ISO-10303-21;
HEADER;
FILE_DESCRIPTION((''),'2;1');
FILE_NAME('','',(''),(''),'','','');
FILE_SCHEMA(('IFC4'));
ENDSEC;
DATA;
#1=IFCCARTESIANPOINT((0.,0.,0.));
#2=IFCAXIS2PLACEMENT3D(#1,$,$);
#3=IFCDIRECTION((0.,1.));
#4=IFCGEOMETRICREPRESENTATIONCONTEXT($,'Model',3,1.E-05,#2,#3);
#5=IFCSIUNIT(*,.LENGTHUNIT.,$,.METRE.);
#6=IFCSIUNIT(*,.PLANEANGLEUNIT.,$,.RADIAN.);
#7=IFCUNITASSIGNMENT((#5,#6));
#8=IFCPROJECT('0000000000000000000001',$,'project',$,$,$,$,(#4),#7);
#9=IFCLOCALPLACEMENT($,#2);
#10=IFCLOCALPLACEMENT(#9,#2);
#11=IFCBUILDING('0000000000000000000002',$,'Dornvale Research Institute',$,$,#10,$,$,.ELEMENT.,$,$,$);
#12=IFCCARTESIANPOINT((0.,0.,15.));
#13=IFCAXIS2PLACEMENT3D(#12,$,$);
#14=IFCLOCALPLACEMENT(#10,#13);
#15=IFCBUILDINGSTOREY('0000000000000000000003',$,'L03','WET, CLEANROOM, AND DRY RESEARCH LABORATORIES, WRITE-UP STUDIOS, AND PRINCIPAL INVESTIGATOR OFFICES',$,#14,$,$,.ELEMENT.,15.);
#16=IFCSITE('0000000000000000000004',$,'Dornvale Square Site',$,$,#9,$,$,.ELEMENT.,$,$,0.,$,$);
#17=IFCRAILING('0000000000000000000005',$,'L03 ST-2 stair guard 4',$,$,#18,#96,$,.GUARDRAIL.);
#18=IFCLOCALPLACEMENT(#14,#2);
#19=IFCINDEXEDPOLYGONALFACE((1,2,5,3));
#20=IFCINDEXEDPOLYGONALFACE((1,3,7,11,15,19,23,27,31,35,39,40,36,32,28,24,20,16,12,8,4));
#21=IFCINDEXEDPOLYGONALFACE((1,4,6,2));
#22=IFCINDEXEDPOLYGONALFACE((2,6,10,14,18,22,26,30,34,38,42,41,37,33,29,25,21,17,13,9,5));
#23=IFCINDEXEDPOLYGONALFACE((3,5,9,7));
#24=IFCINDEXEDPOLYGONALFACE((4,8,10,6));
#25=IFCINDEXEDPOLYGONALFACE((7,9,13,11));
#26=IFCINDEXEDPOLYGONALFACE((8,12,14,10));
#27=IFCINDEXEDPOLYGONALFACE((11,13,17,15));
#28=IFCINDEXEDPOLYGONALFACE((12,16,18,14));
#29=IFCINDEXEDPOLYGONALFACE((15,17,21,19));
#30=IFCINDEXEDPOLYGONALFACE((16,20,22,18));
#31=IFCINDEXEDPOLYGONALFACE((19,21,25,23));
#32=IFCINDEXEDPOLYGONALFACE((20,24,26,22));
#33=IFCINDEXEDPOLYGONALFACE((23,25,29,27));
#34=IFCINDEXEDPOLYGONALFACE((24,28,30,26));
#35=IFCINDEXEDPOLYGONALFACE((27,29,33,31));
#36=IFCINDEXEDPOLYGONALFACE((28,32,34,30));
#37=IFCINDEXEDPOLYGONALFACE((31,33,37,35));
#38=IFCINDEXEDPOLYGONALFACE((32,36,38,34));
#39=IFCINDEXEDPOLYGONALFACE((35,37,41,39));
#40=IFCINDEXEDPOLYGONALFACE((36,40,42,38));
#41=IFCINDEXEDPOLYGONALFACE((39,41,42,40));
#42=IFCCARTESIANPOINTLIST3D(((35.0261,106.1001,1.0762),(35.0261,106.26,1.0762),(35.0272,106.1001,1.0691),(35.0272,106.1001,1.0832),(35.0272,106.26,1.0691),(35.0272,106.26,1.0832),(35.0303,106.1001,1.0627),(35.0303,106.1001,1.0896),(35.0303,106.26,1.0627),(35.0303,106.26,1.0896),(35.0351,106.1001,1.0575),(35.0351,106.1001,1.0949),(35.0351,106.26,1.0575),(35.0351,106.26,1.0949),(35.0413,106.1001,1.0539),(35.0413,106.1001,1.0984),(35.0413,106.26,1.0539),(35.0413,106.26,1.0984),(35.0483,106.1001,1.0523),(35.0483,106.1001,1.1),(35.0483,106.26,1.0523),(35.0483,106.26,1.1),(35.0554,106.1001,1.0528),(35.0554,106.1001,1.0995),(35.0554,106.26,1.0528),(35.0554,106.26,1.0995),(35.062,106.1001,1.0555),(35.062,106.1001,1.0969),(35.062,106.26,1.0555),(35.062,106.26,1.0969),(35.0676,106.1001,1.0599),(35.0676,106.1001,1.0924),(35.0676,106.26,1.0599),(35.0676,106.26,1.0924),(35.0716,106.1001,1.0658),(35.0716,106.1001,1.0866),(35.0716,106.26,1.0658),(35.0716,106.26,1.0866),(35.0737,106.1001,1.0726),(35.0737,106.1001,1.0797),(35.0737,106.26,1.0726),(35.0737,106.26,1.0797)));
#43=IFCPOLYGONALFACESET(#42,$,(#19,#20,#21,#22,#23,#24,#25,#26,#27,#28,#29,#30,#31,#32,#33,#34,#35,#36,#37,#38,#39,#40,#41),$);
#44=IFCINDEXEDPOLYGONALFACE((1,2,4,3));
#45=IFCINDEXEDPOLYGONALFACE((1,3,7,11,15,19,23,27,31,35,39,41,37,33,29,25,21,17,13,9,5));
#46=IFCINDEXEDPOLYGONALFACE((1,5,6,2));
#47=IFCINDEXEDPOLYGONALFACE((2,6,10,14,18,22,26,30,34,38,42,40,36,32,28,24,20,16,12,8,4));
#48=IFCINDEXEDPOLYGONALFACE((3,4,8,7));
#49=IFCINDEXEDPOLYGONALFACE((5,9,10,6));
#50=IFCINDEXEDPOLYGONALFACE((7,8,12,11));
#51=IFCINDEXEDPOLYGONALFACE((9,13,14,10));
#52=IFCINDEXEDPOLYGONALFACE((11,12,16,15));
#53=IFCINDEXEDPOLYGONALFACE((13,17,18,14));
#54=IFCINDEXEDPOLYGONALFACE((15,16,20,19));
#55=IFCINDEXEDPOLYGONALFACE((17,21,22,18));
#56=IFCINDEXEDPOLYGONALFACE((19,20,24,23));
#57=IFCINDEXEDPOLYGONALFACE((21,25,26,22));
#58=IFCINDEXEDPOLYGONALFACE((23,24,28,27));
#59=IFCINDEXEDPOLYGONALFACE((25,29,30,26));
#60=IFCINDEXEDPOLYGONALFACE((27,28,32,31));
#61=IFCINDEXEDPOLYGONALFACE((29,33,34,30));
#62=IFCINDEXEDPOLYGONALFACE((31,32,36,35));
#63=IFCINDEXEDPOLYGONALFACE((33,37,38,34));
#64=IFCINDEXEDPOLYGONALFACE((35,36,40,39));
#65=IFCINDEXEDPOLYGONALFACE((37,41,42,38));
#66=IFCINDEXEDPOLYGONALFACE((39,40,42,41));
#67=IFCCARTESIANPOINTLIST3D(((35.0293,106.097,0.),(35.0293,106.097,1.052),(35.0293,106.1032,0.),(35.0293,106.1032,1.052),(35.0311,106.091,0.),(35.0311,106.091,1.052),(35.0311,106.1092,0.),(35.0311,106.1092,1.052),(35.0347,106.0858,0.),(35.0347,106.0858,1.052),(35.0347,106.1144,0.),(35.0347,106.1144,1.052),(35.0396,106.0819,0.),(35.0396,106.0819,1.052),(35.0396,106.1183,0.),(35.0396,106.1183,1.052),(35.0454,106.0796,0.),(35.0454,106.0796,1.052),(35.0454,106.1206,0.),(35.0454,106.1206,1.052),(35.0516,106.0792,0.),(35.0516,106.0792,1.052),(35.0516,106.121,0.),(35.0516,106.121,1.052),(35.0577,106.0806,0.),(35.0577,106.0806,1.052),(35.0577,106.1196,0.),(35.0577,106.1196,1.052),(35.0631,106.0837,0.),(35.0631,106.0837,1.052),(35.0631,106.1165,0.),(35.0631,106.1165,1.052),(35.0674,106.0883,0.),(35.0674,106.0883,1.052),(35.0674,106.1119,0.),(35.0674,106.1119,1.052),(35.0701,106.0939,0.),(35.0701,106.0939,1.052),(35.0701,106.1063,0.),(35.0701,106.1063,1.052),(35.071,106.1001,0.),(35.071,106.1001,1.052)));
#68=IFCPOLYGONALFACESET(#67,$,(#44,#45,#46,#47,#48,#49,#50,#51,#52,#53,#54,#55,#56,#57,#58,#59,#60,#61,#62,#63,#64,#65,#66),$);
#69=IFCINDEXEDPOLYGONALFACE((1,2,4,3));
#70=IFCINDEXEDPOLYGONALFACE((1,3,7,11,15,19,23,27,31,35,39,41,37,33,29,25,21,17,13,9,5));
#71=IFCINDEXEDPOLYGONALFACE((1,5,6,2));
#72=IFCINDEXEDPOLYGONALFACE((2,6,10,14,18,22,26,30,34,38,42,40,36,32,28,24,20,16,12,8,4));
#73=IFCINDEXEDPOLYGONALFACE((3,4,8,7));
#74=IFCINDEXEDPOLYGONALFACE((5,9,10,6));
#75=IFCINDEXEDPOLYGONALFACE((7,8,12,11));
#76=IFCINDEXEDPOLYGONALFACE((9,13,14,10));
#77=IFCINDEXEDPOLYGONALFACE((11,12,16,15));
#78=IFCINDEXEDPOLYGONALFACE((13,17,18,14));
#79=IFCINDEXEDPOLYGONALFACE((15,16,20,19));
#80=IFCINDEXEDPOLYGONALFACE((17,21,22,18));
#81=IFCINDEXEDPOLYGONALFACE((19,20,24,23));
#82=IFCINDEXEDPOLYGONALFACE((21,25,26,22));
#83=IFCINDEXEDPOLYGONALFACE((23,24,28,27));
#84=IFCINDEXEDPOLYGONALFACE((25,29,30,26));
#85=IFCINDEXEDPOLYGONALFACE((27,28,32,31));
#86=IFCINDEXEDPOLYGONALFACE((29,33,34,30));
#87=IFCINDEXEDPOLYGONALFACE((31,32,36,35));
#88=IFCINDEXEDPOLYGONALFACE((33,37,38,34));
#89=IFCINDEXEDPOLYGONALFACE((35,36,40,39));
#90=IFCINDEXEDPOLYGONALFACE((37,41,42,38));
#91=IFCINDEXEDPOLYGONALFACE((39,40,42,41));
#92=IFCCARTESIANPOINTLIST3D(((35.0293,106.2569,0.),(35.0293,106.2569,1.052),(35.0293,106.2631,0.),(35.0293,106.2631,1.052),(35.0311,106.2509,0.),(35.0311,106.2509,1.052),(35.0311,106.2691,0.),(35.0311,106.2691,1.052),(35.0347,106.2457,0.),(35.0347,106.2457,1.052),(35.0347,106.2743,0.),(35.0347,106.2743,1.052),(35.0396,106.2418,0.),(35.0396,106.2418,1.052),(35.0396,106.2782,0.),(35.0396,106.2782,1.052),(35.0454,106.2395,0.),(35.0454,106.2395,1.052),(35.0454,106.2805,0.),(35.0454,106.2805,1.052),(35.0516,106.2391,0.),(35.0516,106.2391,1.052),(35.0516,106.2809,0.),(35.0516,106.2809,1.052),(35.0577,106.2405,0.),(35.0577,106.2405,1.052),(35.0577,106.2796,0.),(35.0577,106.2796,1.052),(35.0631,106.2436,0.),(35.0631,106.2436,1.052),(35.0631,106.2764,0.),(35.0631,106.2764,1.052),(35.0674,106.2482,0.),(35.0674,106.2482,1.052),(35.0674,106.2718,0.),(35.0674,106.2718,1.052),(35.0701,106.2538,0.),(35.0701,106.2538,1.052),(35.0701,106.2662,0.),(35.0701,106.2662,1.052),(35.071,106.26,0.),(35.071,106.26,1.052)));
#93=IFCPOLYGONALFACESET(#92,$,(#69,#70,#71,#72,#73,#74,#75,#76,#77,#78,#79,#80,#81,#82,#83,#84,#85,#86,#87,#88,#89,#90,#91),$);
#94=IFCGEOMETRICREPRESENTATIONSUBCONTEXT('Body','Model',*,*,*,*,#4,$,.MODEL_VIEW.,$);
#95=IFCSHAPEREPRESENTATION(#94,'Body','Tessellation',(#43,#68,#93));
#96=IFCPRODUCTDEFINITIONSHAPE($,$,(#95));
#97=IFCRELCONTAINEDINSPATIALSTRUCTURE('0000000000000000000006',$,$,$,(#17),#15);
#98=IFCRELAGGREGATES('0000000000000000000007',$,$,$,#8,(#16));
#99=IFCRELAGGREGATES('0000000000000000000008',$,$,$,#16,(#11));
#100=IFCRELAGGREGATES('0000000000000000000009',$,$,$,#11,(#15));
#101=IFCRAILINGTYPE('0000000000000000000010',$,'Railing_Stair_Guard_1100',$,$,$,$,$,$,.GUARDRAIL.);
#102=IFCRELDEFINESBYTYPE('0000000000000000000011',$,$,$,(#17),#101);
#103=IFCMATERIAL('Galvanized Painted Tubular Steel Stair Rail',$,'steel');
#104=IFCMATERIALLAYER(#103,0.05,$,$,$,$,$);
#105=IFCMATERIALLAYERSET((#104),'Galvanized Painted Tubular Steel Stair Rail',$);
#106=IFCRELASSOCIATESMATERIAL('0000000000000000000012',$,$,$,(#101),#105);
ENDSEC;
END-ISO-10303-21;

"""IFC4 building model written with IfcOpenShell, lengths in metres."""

from ifc_helpers import new_model, si_unit, direction, frame, origin, origin_2d, place, context, subcontext, project, spatial, circle, extrude, material, layer, layer_set, type_object, element, save


model = new_model("IFC4")

# Units and contexts
model_context = context("Model", 3, precision=1e-05, world=origin(), true_north=direction((0.0, 1.0)))
body_context = subcontext(model_context, "Body", "Model", "MODEL_VIEW")
ifc_project = project(units=[si_unit("LENGTHUNIT", "METRE"), si_unit("PLANEANGLEUNIT", "RADIAN")], contexts=[model_context])

# Site, building, storey
site_placement = place(None, origin())
site = spatial("IfcSite", under=ifc_project, at=site_placement, Name="Dornvale Square Site", CompositionType="ELEMENT", RefElevation=0.0)
building_placement = place(site_placement, origin())
building = spatial("IfcBuilding", under=site, at=building_placement, Name="Dornvale Research Institute", CompositionType="ELEMENT")
storey_placement = place(building_placement, frame((0.0, 0.0, 15.0)))
storey = spatial("IfcBuildingStorey", under=building, at=storey_placement, Name="L03", Description="WET, CLEANROOM, AND DRY RESEARCH LABORATORIES, WRITE-UP STUDIOS, AND PRINCIPAL INVESTIGATOR OFFICES", CompositionType="ELEMENT", Elevation=15.0)

# Railing
ifc_material_1 = material(Name="Galvanized Painted Tubular Steel Stair Rail", Category="steel")
ifc_layer_1 = layer(ifc_material_1, 0.05)
ifc_layer_set_1 = layer_set([ifc_layer_1], Name="Galvanized Painted Tubular Steel Stair Rail")
railing_type_1 = type_object("IfcRailingType", Name="Railing_Stair_Guard_1100", PredefinedType="GUARDRAIL", material=ifc_layer_set_1)
railing_1_placement = place(storey_placement, frame((35.05, 106.1001, 0.0)))
element("IfcRailing", 1, at=railing_1_placement, inside=storey, type_object=railing_type_1, Name="L03 ST-2 stair guard 4", PredefinedType="GUARDRAIL", context=body_context, shape_type="SweptSolid", body=[
    extrude(circle(Radius=0.0239, at=origin_2d()), frame((0.0, 0.0, 1.0762), z_axis=(0.0, 1.0, 0.0), x_axis=(-1.0, 0.0, 0.0)), (0.0, 0.0, 1.0), 0.1599),
    extrude(circle(Radius=0.021, at=origin_2d()), origin(), (0.0, 0.0, 1.0), 1.052),
    extrude(circle(Radius=0.021, at=origin_2d()), frame((0.0, 0.1599, 0.0)), (0.0, 0.0, 1.0), 1.052),
])

save(model, "model.ifc")
